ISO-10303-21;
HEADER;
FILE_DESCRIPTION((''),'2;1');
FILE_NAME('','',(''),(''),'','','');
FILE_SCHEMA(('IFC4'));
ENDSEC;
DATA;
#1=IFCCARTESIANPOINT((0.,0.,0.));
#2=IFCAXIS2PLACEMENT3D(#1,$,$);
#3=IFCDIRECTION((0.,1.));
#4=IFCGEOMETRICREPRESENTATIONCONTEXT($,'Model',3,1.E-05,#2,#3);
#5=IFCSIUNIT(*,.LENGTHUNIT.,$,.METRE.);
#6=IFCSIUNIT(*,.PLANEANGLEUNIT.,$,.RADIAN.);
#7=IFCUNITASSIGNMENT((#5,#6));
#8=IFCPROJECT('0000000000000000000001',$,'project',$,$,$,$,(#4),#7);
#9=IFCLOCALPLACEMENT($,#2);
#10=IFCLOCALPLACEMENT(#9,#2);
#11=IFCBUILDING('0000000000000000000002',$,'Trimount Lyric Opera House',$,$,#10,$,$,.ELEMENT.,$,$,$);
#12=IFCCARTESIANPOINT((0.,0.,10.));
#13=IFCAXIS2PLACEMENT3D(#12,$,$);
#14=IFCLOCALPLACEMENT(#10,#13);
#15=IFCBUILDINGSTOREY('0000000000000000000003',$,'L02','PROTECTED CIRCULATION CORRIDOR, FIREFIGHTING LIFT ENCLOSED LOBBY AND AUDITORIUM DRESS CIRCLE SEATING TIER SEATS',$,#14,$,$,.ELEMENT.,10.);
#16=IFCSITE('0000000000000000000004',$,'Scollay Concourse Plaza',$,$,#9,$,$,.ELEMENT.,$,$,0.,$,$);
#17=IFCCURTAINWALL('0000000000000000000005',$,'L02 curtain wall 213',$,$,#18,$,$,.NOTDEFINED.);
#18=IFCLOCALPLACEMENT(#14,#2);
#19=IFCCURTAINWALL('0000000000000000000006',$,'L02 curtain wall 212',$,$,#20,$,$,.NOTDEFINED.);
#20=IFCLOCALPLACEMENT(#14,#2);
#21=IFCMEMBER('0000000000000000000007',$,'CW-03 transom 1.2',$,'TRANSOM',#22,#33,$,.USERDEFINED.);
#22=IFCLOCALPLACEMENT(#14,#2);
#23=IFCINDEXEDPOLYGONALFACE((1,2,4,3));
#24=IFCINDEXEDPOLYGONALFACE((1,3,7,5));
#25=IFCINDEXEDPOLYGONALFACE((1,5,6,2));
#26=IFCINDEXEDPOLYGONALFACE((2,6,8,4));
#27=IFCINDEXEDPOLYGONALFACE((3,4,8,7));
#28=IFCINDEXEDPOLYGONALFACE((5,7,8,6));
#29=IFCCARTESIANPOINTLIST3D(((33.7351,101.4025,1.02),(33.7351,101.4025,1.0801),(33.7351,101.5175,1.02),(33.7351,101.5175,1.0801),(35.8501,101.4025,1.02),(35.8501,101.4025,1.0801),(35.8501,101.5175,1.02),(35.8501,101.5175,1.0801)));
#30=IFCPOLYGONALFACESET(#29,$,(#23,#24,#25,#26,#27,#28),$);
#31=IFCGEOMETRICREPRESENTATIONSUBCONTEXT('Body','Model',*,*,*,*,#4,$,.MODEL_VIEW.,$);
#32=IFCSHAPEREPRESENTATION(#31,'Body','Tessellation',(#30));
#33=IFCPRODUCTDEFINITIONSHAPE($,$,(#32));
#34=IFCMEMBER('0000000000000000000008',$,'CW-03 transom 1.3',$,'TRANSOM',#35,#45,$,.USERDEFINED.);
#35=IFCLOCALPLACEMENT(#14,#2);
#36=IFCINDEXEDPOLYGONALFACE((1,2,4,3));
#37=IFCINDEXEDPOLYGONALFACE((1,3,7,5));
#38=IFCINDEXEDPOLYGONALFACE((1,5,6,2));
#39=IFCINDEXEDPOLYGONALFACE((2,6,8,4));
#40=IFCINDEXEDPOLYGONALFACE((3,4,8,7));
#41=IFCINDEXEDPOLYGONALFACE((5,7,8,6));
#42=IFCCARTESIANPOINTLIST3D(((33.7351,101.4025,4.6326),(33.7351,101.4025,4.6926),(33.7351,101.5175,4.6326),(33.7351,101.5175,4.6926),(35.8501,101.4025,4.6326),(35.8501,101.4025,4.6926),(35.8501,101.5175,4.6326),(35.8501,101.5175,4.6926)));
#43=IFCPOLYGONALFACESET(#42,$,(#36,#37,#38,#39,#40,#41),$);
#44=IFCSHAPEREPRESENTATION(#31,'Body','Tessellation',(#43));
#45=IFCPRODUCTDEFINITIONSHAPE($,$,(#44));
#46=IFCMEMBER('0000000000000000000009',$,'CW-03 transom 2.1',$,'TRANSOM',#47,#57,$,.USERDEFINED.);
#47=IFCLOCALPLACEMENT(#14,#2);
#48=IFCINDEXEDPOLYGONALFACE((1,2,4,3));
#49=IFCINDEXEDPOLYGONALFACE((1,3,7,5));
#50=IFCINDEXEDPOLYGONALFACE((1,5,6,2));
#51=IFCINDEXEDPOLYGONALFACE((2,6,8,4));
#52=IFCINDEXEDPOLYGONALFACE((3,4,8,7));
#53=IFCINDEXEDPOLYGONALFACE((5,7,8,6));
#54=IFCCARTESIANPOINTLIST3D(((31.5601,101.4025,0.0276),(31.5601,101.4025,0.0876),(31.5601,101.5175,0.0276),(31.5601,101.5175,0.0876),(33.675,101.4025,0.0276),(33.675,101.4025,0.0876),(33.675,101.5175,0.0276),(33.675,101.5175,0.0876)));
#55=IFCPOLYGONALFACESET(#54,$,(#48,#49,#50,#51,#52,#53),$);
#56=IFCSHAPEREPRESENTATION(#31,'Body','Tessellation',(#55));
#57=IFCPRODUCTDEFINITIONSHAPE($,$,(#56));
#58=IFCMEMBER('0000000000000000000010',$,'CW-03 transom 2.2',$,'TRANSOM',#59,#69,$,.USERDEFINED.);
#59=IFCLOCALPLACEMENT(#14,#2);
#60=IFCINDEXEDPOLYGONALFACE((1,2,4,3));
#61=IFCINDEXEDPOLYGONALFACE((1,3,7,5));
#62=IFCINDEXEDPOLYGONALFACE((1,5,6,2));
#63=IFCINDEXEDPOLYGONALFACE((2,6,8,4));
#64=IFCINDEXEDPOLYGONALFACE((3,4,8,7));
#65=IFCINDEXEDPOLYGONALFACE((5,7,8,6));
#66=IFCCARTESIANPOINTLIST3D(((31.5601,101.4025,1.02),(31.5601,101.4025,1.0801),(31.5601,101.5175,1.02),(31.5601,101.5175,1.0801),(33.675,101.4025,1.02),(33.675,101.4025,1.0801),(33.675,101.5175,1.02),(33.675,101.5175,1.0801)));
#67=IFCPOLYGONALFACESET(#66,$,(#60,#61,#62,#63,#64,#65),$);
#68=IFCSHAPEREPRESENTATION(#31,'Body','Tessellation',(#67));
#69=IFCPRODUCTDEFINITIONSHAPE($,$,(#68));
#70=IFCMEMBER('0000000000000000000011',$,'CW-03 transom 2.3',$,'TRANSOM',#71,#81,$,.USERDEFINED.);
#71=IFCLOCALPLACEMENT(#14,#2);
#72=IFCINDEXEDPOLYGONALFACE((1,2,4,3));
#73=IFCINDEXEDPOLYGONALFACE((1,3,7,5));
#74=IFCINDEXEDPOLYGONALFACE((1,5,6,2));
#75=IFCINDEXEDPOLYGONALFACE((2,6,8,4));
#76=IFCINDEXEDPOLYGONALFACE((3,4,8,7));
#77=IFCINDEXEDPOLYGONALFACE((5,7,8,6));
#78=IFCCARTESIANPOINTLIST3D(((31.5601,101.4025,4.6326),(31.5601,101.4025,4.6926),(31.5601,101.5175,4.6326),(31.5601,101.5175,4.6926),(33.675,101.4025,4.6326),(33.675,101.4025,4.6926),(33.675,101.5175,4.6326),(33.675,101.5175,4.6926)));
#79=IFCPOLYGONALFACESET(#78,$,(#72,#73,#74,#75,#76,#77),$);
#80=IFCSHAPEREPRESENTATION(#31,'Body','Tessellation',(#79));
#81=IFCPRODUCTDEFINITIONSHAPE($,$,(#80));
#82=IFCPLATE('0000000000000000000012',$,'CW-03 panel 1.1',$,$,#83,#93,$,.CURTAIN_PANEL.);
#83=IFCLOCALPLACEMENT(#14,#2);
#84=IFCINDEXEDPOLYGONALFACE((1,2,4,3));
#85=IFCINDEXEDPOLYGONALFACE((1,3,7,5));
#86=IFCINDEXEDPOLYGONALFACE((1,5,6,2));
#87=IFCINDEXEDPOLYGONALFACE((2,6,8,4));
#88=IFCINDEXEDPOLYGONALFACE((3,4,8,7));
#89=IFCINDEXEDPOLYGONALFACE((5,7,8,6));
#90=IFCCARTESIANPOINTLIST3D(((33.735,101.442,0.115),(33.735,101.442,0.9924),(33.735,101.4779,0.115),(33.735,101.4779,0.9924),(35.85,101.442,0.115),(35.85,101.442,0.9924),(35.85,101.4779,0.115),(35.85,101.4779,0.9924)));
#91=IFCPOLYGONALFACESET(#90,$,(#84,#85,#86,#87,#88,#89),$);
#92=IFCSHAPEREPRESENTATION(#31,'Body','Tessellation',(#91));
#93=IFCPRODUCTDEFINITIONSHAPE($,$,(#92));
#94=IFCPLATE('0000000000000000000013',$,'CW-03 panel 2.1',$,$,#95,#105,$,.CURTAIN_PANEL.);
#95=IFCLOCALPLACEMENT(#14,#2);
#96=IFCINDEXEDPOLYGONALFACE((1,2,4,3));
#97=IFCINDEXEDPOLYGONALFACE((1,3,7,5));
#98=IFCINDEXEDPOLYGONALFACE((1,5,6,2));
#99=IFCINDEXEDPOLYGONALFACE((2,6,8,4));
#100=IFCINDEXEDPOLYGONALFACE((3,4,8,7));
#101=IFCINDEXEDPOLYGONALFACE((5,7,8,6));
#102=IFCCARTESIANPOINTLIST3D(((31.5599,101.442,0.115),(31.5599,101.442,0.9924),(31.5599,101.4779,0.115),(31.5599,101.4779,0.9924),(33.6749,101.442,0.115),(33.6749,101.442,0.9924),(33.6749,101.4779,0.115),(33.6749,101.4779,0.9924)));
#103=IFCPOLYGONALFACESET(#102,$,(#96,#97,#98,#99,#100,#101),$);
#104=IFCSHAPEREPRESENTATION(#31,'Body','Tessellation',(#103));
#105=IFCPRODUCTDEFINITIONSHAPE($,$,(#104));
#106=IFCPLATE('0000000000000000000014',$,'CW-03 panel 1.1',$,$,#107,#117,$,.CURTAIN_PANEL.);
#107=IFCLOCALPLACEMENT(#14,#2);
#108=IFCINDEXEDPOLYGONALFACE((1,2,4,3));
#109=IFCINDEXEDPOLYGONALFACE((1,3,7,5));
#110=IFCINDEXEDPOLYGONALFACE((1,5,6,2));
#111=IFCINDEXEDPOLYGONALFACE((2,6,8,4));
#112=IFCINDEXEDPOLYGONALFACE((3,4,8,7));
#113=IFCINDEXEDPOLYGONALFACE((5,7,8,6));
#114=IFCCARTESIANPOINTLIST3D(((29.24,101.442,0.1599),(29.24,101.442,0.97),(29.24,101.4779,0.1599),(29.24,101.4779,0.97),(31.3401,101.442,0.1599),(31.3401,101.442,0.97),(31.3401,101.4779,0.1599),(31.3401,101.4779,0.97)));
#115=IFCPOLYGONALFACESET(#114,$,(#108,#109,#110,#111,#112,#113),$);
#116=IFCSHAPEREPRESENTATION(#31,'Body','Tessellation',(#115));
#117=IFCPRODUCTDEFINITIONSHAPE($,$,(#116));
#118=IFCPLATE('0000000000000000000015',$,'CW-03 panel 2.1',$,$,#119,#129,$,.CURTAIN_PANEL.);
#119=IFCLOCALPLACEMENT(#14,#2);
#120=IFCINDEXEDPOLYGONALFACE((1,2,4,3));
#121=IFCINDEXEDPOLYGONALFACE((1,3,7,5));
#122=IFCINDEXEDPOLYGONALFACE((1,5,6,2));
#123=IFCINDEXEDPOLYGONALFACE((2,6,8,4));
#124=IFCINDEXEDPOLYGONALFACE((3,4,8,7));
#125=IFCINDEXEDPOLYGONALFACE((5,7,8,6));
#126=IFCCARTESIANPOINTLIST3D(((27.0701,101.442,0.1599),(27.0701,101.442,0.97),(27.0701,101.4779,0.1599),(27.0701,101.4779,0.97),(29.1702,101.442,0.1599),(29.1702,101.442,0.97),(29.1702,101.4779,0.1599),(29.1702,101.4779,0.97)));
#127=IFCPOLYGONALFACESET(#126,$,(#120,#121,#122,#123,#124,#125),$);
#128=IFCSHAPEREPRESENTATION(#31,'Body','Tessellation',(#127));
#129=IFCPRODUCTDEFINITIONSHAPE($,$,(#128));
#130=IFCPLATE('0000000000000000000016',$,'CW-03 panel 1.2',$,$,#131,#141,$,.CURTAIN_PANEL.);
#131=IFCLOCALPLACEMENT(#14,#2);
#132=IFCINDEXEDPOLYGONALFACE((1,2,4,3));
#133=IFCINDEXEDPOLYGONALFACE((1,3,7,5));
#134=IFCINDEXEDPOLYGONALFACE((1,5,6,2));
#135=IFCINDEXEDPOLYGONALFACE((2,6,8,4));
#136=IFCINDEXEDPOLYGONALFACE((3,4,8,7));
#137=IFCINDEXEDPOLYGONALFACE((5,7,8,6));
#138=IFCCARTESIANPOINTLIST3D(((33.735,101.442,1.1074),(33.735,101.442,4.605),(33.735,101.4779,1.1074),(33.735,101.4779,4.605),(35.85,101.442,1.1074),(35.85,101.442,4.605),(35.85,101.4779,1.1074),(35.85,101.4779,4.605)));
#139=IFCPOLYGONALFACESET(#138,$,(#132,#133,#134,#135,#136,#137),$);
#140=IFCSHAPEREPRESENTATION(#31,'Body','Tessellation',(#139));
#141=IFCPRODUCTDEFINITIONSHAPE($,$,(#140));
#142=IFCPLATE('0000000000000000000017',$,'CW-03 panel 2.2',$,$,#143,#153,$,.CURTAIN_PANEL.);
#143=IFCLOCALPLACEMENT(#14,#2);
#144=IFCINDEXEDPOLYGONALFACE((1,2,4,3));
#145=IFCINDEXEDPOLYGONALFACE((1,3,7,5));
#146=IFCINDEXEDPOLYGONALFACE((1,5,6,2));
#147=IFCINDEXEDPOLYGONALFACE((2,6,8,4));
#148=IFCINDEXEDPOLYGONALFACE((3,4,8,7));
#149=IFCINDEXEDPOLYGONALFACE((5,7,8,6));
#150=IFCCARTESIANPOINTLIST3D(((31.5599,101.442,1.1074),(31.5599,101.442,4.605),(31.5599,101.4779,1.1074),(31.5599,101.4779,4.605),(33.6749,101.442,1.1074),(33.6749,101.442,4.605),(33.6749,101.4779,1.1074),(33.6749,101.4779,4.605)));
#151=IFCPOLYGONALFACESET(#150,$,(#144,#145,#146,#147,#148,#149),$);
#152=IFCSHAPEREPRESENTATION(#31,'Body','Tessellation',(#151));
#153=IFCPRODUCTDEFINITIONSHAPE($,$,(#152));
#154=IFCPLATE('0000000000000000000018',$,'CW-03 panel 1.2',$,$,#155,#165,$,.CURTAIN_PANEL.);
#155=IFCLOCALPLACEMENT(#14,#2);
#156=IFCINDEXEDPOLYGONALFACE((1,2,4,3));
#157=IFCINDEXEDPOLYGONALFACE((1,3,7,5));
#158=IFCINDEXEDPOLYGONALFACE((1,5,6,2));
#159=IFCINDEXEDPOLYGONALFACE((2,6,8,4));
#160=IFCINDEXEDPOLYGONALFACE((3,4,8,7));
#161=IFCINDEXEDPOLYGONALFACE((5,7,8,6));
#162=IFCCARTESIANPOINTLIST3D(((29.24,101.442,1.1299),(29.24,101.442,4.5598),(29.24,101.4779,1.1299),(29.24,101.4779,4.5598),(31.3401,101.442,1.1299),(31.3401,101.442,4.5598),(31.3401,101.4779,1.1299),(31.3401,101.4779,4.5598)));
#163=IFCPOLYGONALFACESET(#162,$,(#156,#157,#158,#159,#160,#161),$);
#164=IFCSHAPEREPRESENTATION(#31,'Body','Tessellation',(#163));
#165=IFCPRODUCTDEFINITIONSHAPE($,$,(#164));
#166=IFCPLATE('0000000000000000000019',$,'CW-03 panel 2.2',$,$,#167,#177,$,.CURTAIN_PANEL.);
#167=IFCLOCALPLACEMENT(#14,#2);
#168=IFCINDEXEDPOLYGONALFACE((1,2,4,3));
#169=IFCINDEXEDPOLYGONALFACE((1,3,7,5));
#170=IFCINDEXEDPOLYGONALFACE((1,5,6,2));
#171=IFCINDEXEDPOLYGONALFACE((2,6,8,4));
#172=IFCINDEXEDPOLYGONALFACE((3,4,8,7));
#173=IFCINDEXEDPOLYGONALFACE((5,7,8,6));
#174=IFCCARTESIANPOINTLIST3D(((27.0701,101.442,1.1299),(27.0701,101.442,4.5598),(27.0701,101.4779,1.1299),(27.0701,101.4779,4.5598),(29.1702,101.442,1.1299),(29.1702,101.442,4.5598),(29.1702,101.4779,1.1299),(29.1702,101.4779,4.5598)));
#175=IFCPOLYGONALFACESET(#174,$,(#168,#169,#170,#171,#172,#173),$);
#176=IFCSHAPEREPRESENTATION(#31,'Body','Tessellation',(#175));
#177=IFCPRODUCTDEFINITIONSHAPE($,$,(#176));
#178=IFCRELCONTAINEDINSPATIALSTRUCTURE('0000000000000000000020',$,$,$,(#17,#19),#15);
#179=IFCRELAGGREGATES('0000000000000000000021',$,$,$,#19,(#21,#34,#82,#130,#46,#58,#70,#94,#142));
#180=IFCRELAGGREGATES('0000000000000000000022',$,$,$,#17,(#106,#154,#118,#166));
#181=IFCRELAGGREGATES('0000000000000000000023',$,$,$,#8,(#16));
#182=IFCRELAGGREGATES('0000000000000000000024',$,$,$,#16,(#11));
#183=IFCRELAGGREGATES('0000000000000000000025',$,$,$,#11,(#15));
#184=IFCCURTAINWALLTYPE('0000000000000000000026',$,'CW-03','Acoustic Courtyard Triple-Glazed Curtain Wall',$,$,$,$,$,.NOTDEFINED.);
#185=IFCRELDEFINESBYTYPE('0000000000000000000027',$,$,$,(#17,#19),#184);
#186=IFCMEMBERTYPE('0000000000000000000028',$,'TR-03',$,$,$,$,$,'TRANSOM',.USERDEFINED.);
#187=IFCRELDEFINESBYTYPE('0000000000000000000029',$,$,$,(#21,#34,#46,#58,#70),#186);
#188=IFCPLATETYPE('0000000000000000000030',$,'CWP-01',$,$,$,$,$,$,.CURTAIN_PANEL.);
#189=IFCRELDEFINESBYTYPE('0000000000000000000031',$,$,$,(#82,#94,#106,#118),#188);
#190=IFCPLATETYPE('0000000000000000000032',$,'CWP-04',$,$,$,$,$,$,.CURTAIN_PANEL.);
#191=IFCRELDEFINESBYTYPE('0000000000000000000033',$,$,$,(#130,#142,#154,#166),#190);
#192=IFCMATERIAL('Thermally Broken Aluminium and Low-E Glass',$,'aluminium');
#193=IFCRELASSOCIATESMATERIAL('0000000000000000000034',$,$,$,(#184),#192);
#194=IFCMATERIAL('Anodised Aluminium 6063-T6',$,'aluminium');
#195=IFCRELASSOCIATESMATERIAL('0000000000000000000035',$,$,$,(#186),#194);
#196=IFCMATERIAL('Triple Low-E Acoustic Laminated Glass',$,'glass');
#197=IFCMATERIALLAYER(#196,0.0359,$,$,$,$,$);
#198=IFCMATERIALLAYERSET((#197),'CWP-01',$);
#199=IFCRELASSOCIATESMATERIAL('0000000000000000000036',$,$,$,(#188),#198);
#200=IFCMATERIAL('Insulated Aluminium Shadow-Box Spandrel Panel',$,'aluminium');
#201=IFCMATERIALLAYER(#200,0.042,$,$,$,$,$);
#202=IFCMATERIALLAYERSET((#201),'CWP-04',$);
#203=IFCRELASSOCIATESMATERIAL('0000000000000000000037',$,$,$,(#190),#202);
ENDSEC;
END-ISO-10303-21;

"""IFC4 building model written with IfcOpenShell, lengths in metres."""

from ifc_helpers import new_model, si_unit, direction, frame, origin, origin_2d, place, context, subcontext, project, spatial, rectangle, extrude, material, layer, layer_set, material_profile, profile_set, type_object, element, aggregate, save


model = new_model("IFC4")

# Units and contexts
model_context = context("Model", 3, precision=1e-05, world=origin(), true_north=direction((0.0, 1.0)))
body_context = subcontext(model_context, "Body", "Model", "MODEL_VIEW")
ifc_project = project(units=[si_unit("LENGTHUNIT", "METRE"), si_unit("PLANEANGLEUNIT", "RADIAN")], contexts=[model_context])

# Site, building, storey
site_placement = place(None, origin())
site = spatial("IfcSite", under=ifc_project, at=site_placement, Name="Scollay Concourse Plaza", CompositionType="ELEMENT", RefElevation=0.0)
building_placement = place(site_placement, origin())
building = spatial("IfcBuilding", under=site, at=building_placement, Name="Trimount Lyric Opera House", CompositionType="ELEMENT")
storey_placement = place(building_placement, frame((0.0, 0.0, 10.0)))
storey = spatial("IfcBuildingStorey", under=building, at=storey_placement, Name="L02", Description="PROTECTED CIRCULATION CORRIDOR, FIREFIGHTING LIFT ENCLOSED LOBBY AND AUDITORIUM DRESS CIRCLE SEATING TIER SEATS", CompositionType="ELEMENT", Elevation=10.0)

# Curtain wall
ifc_material_1 = material(Name="Thermally Broken Aluminium and Low-E Glass", Category="aluminium")
curtain_wall_type = type_object("IfcCurtainWallType", Name="CW-03", Description="Acoustic Courtyard Triple-Glazed Curtain Wall", PredefinedType="NOTDEFINED", material=ifc_material_1)
curtain_wall_1_placement = place(storey_placement, origin())
curtain_wall_1 = element("IfcCurtainWall", 1, at=curtain_wall_1_placement, inside=storey, type_object=curtain_wall_type, Name="L02 curtain wall 213", PredefinedType="NOTDEFINED")

# Curtain wall
curtain_wall_2_placement = place(storey_placement, origin())
curtain_wall_2 = element("IfcCurtainWall", 2, at=curtain_wall_2_placement, inside=storey, type_object=curtain_wall_type, Name="L02 curtain wall 212", PredefinedType="NOTDEFINED")

# Members
ifc_material_2 = material(Name="Anodised Aluminium 6063-T6", Category="aluminium")
ifc_material_profile_1 = material_profile(ifc_material_2, rectangle(XDim=0.115, YDim=0.0601, at=origin_2d()), Name="ALU-TRAN-60X115")
ifc_profile_set_1 = profile_set([ifc_material_profile_1], Name="Anodised Aluminium 6063-T6")
member_type_1 = type_object("IfcMemberType", Name="TR-03", ElementType="TRANSOM", PredefinedType="USERDEFINED", material=ifc_profile_set_1)
member_1_placement = place(storey_placement, frame((35.8501, 101.46, 1.05), z_axis=(-1.0, 0.0, 0.0), x_axis=(0.0, -1.0, 0.0)))
member_1 = element("IfcMember", 3, at=member_1_placement, type_object=member_type_1, Name="CW-03 transom 1.2", ObjectType="TRANSOM", PredefinedType="USERDEFINED", context=body_context, shape_type="SweptSolid", body=[
    extrude(rectangle(XDim=0.115, YDim=0.0601, at=origin_2d()), origin(), (0.0, 0.0, 1.0), 2.115),
])
member_2_placement = place(storey_placement, frame((35.8501, 101.46, 4.6626), z_axis=(-1.0, 0.0, 0.0), x_axis=(0.0, -1.0, 0.0)))
member_2 = element("IfcMember", 4, at=member_2_placement, type_object=member_type_1, Name="CW-03 transom 1.3", ObjectType="TRANSOM", PredefinedType="USERDEFINED", context=body_context, shape_type="SweptSolid", body=[
    extrude(rectangle(XDim=0.115, YDim=0.0601, at=origin_2d()), origin(), (0.0, 0.0, 1.0), 2.115),
])
member_3_placement = place(storey_placement, frame((33.675, 101.46, 0.0576), z_axis=(-1.0, 0.0, 0.0), x_axis=(0.0, -1.0, 0.0)))
member_3 = element("IfcMember", 5, at=member_3_placement, type_object=member_type_1, Name="CW-03 transom 2.1", ObjectType="TRANSOM", PredefinedType="USERDEFINED", context=body_context, shape_type="SweptSolid", body=[
    extrude(rectangle(XDim=0.115, YDim=0.0601, at=origin_2d()), origin(), (0.0, 0.0, 1.0), 2.115),
])
member_4_placement = place(storey_placement, frame((33.675, 101.46, 1.05), z_axis=(-1.0, 0.0, 0.0), x_axis=(0.0, -1.0, 0.0)))
member_4 = element("IfcMember", 6, at=member_4_placement, type_object=member_type_1, Name="CW-03 transom 2.2", ObjectType="TRANSOM", PredefinedType="USERDEFINED", context=body_context, shape_type="SweptSolid", body=[
    extrude(rectangle(XDim=0.115, YDim=0.0601, at=origin_2d()), origin(), (0.0, 0.0, 1.0), 2.115),
])
member_5_placement = place(storey_placement, frame((33.675, 101.46, 4.6626), z_axis=(-1.0, 0.0, 0.0), x_axis=(0.0, -1.0, 0.0)))
member_5 = element("IfcMember", 7, at=member_5_placement, type_object=member_type_1, Name="CW-03 transom 2.3", ObjectType="TRANSOM", PredefinedType="USERDEFINED", context=body_context, shape_type="SweptSolid", body=[
    extrude(rectangle(XDim=0.115, YDim=0.0601, at=origin_2d()), origin(), (0.0, 0.0, 1.0), 2.115),
])

# Plates
ifc_material_3 = material(Name="Triple Low-E Acoustic Laminated Glass", Category="glass")
ifc_layer_1 = layer(ifc_material_3, 0.0359)
ifc_layer_set_1 = layer_set([ifc_layer_1], Name="CWP-01")
plate_type_1 = type_object("IfcPlateType", Name="CWP-01", PredefinedType="CURTAIN_PANEL", material=ifc_layer_set_1)
plate_1_placement = place(storey_placement, frame((34.7925, 101.46, 0.115), z_axis=(0.0, 0.0, 1.0), x_axis=(-1.0, 0.0, 0.0)))
plate_1 = element("IfcPlate", 8, at=plate_1_placement, type_object=plate_type_1, Name="CW-03 panel 1.1", PredefinedType="CURTAIN_PANEL", context=body_context, shape_type="SweptSolid", body=[
    extrude(rectangle(XDim=2.115, YDim=0.0359, at=origin_2d()), origin(), (0.0, 0.0, 1.0), 0.8774),
])
plate_2_placement = place(storey_placement, frame((32.6174, 101.46, 0.115), z_axis=(0.0, 0.0, 1.0), x_axis=(-1.0, 0.0, 0.0)))
plate_2 = element("IfcPlate", 9, at=plate_2_placement, type_object=plate_type_1, Name="CW-03 panel 2.1", PredefinedType="CURTAIN_PANEL", context=body_context, shape_type="SweptSolid", body=[
    extrude(rectangle(XDim=2.115, YDim=0.0359, at=origin_2d()), origin(), (0.0, 0.0, 1.0), 0.8774),
])
plate_3_placement = place(storey_placement, frame((30.29, 101.46, 0.1599), z_axis=(0.0, 0.0, 1.0), x_axis=(-1.0, 0.0, 0.0)))
plate_3 = element("IfcPlate", 10, at=plate_3_placement, type_object=plate_type_1, Name="CW-03 panel 1.1", PredefinedType="CURTAIN_PANEL", context=body_context, shape_type="SweptSolid", body=[
    extrude(rectangle(XDim=2.1001, YDim=0.0359, at=origin_2d()), origin(), (0.0, 0.0, 1.0), 0.8101),
])
plate_4_placement = place(storey_placement, frame((28.1201, 101.46, 0.1599), z_axis=(0.0, 0.0, 1.0), x_axis=(-1.0, 0.0, 0.0)))
plate_4 = element("IfcPlate", 11, at=plate_4_placement, type_object=plate_type_1, Name="CW-03 panel 2.1", PredefinedType="CURTAIN_PANEL", context=body_context, shape_type="SweptSolid", body=[
    extrude(rectangle(XDim=2.1001, YDim=0.0359, at=origin_2d()), origin(), (0.0, 0.0, 1.0), 0.8101),
])
ifc_material_4 = material(Name="Insulated Aluminium Shadow-Box Spandrel Panel", Category="aluminium")
ifc_layer_2 = layer(ifc_material_4, 0.042)
ifc_layer_set_2 = layer_set([ifc_layer_2], Name="CWP-04")
plate_type_2 = type_object("IfcPlateType", Name="CWP-04", PredefinedType="CURTAIN_PANEL", material=ifc_layer_set_2)
plate_5_placement = place(storey_placement, frame((34.7925, 101.46, 1.1074), z_axis=(0.0, 0.0, 1.0), x_axis=(-1.0, 0.0, 0.0)))
plate_5 = element("IfcPlate", 12, at=plate_5_placement, type_object=plate_type_2, Name="CW-03 panel 1.2", PredefinedType="CURTAIN_PANEL", context=body_context, shape_type="SweptSolid", body=[
    extrude(rectangle(XDim=2.115, YDim=0.0359, at=origin_2d()), origin(), (0.0, 0.0, 1.0), 3.4976),
])
plate_6_placement = place(storey_placement, frame((32.6174, 101.46, 1.1074), z_axis=(0.0, 0.0, 1.0), x_axis=(-1.0, 0.0, 0.0)))
plate_6 = element("IfcPlate", 13, at=plate_6_placement, type_object=plate_type_2, Name="CW-03 panel 2.2", PredefinedType="CURTAIN_PANEL", context=body_context, shape_type="SweptSolid", body=[
    extrude(rectangle(XDim=2.115, YDim=0.0359, at=origin_2d()), origin(), (0.0, 0.0, 1.0), 3.4976),
])
aggregate(curtain_wall_2, [member_1, member_2, plate_1, plate_5, member_3, member_4, member_5, plate_2, plate_6])
plate_7_placement = place(storey_placement, frame((30.29, 101.46, 1.1299), z_axis=(0.0, 0.0, 1.0), x_axis=(-1.0, 0.0, 0.0)))
plate_7 = element("IfcPlate", 14, at=plate_7_placement, type_object=plate_type_2, Name="CW-03 panel 1.2", PredefinedType="CURTAIN_PANEL", context=body_context, shape_type="SweptSolid", body=[
    extrude(rectangle(XDim=2.1001, YDim=0.0359, at=origin_2d()), origin(), (0.0, 0.0, 1.0), 3.4299),
])
plate_8_placement = place(storey_placement, frame((28.1201, 101.46, 1.1299), z_axis=(0.0, 0.0, 1.0), x_axis=(-1.0, 0.0, 0.0)))
plate_8 = element("IfcPlate", 15, at=plate_8_placement, type_object=plate_type_2, Name="CW-03 panel 2.2", PredefinedType="CURTAIN_PANEL", context=body_context, shape_type="SweptSolid", body=[
    extrude(rectangle(XDim=2.1001, YDim=0.0359, at=origin_2d()), origin(), (0.0, 0.0, 1.0), 3.4299),
])
aggregate(curtain_wall_1, [plate_3, plate_7, plate_4, plate_8])

save(model, "model.ifc")
